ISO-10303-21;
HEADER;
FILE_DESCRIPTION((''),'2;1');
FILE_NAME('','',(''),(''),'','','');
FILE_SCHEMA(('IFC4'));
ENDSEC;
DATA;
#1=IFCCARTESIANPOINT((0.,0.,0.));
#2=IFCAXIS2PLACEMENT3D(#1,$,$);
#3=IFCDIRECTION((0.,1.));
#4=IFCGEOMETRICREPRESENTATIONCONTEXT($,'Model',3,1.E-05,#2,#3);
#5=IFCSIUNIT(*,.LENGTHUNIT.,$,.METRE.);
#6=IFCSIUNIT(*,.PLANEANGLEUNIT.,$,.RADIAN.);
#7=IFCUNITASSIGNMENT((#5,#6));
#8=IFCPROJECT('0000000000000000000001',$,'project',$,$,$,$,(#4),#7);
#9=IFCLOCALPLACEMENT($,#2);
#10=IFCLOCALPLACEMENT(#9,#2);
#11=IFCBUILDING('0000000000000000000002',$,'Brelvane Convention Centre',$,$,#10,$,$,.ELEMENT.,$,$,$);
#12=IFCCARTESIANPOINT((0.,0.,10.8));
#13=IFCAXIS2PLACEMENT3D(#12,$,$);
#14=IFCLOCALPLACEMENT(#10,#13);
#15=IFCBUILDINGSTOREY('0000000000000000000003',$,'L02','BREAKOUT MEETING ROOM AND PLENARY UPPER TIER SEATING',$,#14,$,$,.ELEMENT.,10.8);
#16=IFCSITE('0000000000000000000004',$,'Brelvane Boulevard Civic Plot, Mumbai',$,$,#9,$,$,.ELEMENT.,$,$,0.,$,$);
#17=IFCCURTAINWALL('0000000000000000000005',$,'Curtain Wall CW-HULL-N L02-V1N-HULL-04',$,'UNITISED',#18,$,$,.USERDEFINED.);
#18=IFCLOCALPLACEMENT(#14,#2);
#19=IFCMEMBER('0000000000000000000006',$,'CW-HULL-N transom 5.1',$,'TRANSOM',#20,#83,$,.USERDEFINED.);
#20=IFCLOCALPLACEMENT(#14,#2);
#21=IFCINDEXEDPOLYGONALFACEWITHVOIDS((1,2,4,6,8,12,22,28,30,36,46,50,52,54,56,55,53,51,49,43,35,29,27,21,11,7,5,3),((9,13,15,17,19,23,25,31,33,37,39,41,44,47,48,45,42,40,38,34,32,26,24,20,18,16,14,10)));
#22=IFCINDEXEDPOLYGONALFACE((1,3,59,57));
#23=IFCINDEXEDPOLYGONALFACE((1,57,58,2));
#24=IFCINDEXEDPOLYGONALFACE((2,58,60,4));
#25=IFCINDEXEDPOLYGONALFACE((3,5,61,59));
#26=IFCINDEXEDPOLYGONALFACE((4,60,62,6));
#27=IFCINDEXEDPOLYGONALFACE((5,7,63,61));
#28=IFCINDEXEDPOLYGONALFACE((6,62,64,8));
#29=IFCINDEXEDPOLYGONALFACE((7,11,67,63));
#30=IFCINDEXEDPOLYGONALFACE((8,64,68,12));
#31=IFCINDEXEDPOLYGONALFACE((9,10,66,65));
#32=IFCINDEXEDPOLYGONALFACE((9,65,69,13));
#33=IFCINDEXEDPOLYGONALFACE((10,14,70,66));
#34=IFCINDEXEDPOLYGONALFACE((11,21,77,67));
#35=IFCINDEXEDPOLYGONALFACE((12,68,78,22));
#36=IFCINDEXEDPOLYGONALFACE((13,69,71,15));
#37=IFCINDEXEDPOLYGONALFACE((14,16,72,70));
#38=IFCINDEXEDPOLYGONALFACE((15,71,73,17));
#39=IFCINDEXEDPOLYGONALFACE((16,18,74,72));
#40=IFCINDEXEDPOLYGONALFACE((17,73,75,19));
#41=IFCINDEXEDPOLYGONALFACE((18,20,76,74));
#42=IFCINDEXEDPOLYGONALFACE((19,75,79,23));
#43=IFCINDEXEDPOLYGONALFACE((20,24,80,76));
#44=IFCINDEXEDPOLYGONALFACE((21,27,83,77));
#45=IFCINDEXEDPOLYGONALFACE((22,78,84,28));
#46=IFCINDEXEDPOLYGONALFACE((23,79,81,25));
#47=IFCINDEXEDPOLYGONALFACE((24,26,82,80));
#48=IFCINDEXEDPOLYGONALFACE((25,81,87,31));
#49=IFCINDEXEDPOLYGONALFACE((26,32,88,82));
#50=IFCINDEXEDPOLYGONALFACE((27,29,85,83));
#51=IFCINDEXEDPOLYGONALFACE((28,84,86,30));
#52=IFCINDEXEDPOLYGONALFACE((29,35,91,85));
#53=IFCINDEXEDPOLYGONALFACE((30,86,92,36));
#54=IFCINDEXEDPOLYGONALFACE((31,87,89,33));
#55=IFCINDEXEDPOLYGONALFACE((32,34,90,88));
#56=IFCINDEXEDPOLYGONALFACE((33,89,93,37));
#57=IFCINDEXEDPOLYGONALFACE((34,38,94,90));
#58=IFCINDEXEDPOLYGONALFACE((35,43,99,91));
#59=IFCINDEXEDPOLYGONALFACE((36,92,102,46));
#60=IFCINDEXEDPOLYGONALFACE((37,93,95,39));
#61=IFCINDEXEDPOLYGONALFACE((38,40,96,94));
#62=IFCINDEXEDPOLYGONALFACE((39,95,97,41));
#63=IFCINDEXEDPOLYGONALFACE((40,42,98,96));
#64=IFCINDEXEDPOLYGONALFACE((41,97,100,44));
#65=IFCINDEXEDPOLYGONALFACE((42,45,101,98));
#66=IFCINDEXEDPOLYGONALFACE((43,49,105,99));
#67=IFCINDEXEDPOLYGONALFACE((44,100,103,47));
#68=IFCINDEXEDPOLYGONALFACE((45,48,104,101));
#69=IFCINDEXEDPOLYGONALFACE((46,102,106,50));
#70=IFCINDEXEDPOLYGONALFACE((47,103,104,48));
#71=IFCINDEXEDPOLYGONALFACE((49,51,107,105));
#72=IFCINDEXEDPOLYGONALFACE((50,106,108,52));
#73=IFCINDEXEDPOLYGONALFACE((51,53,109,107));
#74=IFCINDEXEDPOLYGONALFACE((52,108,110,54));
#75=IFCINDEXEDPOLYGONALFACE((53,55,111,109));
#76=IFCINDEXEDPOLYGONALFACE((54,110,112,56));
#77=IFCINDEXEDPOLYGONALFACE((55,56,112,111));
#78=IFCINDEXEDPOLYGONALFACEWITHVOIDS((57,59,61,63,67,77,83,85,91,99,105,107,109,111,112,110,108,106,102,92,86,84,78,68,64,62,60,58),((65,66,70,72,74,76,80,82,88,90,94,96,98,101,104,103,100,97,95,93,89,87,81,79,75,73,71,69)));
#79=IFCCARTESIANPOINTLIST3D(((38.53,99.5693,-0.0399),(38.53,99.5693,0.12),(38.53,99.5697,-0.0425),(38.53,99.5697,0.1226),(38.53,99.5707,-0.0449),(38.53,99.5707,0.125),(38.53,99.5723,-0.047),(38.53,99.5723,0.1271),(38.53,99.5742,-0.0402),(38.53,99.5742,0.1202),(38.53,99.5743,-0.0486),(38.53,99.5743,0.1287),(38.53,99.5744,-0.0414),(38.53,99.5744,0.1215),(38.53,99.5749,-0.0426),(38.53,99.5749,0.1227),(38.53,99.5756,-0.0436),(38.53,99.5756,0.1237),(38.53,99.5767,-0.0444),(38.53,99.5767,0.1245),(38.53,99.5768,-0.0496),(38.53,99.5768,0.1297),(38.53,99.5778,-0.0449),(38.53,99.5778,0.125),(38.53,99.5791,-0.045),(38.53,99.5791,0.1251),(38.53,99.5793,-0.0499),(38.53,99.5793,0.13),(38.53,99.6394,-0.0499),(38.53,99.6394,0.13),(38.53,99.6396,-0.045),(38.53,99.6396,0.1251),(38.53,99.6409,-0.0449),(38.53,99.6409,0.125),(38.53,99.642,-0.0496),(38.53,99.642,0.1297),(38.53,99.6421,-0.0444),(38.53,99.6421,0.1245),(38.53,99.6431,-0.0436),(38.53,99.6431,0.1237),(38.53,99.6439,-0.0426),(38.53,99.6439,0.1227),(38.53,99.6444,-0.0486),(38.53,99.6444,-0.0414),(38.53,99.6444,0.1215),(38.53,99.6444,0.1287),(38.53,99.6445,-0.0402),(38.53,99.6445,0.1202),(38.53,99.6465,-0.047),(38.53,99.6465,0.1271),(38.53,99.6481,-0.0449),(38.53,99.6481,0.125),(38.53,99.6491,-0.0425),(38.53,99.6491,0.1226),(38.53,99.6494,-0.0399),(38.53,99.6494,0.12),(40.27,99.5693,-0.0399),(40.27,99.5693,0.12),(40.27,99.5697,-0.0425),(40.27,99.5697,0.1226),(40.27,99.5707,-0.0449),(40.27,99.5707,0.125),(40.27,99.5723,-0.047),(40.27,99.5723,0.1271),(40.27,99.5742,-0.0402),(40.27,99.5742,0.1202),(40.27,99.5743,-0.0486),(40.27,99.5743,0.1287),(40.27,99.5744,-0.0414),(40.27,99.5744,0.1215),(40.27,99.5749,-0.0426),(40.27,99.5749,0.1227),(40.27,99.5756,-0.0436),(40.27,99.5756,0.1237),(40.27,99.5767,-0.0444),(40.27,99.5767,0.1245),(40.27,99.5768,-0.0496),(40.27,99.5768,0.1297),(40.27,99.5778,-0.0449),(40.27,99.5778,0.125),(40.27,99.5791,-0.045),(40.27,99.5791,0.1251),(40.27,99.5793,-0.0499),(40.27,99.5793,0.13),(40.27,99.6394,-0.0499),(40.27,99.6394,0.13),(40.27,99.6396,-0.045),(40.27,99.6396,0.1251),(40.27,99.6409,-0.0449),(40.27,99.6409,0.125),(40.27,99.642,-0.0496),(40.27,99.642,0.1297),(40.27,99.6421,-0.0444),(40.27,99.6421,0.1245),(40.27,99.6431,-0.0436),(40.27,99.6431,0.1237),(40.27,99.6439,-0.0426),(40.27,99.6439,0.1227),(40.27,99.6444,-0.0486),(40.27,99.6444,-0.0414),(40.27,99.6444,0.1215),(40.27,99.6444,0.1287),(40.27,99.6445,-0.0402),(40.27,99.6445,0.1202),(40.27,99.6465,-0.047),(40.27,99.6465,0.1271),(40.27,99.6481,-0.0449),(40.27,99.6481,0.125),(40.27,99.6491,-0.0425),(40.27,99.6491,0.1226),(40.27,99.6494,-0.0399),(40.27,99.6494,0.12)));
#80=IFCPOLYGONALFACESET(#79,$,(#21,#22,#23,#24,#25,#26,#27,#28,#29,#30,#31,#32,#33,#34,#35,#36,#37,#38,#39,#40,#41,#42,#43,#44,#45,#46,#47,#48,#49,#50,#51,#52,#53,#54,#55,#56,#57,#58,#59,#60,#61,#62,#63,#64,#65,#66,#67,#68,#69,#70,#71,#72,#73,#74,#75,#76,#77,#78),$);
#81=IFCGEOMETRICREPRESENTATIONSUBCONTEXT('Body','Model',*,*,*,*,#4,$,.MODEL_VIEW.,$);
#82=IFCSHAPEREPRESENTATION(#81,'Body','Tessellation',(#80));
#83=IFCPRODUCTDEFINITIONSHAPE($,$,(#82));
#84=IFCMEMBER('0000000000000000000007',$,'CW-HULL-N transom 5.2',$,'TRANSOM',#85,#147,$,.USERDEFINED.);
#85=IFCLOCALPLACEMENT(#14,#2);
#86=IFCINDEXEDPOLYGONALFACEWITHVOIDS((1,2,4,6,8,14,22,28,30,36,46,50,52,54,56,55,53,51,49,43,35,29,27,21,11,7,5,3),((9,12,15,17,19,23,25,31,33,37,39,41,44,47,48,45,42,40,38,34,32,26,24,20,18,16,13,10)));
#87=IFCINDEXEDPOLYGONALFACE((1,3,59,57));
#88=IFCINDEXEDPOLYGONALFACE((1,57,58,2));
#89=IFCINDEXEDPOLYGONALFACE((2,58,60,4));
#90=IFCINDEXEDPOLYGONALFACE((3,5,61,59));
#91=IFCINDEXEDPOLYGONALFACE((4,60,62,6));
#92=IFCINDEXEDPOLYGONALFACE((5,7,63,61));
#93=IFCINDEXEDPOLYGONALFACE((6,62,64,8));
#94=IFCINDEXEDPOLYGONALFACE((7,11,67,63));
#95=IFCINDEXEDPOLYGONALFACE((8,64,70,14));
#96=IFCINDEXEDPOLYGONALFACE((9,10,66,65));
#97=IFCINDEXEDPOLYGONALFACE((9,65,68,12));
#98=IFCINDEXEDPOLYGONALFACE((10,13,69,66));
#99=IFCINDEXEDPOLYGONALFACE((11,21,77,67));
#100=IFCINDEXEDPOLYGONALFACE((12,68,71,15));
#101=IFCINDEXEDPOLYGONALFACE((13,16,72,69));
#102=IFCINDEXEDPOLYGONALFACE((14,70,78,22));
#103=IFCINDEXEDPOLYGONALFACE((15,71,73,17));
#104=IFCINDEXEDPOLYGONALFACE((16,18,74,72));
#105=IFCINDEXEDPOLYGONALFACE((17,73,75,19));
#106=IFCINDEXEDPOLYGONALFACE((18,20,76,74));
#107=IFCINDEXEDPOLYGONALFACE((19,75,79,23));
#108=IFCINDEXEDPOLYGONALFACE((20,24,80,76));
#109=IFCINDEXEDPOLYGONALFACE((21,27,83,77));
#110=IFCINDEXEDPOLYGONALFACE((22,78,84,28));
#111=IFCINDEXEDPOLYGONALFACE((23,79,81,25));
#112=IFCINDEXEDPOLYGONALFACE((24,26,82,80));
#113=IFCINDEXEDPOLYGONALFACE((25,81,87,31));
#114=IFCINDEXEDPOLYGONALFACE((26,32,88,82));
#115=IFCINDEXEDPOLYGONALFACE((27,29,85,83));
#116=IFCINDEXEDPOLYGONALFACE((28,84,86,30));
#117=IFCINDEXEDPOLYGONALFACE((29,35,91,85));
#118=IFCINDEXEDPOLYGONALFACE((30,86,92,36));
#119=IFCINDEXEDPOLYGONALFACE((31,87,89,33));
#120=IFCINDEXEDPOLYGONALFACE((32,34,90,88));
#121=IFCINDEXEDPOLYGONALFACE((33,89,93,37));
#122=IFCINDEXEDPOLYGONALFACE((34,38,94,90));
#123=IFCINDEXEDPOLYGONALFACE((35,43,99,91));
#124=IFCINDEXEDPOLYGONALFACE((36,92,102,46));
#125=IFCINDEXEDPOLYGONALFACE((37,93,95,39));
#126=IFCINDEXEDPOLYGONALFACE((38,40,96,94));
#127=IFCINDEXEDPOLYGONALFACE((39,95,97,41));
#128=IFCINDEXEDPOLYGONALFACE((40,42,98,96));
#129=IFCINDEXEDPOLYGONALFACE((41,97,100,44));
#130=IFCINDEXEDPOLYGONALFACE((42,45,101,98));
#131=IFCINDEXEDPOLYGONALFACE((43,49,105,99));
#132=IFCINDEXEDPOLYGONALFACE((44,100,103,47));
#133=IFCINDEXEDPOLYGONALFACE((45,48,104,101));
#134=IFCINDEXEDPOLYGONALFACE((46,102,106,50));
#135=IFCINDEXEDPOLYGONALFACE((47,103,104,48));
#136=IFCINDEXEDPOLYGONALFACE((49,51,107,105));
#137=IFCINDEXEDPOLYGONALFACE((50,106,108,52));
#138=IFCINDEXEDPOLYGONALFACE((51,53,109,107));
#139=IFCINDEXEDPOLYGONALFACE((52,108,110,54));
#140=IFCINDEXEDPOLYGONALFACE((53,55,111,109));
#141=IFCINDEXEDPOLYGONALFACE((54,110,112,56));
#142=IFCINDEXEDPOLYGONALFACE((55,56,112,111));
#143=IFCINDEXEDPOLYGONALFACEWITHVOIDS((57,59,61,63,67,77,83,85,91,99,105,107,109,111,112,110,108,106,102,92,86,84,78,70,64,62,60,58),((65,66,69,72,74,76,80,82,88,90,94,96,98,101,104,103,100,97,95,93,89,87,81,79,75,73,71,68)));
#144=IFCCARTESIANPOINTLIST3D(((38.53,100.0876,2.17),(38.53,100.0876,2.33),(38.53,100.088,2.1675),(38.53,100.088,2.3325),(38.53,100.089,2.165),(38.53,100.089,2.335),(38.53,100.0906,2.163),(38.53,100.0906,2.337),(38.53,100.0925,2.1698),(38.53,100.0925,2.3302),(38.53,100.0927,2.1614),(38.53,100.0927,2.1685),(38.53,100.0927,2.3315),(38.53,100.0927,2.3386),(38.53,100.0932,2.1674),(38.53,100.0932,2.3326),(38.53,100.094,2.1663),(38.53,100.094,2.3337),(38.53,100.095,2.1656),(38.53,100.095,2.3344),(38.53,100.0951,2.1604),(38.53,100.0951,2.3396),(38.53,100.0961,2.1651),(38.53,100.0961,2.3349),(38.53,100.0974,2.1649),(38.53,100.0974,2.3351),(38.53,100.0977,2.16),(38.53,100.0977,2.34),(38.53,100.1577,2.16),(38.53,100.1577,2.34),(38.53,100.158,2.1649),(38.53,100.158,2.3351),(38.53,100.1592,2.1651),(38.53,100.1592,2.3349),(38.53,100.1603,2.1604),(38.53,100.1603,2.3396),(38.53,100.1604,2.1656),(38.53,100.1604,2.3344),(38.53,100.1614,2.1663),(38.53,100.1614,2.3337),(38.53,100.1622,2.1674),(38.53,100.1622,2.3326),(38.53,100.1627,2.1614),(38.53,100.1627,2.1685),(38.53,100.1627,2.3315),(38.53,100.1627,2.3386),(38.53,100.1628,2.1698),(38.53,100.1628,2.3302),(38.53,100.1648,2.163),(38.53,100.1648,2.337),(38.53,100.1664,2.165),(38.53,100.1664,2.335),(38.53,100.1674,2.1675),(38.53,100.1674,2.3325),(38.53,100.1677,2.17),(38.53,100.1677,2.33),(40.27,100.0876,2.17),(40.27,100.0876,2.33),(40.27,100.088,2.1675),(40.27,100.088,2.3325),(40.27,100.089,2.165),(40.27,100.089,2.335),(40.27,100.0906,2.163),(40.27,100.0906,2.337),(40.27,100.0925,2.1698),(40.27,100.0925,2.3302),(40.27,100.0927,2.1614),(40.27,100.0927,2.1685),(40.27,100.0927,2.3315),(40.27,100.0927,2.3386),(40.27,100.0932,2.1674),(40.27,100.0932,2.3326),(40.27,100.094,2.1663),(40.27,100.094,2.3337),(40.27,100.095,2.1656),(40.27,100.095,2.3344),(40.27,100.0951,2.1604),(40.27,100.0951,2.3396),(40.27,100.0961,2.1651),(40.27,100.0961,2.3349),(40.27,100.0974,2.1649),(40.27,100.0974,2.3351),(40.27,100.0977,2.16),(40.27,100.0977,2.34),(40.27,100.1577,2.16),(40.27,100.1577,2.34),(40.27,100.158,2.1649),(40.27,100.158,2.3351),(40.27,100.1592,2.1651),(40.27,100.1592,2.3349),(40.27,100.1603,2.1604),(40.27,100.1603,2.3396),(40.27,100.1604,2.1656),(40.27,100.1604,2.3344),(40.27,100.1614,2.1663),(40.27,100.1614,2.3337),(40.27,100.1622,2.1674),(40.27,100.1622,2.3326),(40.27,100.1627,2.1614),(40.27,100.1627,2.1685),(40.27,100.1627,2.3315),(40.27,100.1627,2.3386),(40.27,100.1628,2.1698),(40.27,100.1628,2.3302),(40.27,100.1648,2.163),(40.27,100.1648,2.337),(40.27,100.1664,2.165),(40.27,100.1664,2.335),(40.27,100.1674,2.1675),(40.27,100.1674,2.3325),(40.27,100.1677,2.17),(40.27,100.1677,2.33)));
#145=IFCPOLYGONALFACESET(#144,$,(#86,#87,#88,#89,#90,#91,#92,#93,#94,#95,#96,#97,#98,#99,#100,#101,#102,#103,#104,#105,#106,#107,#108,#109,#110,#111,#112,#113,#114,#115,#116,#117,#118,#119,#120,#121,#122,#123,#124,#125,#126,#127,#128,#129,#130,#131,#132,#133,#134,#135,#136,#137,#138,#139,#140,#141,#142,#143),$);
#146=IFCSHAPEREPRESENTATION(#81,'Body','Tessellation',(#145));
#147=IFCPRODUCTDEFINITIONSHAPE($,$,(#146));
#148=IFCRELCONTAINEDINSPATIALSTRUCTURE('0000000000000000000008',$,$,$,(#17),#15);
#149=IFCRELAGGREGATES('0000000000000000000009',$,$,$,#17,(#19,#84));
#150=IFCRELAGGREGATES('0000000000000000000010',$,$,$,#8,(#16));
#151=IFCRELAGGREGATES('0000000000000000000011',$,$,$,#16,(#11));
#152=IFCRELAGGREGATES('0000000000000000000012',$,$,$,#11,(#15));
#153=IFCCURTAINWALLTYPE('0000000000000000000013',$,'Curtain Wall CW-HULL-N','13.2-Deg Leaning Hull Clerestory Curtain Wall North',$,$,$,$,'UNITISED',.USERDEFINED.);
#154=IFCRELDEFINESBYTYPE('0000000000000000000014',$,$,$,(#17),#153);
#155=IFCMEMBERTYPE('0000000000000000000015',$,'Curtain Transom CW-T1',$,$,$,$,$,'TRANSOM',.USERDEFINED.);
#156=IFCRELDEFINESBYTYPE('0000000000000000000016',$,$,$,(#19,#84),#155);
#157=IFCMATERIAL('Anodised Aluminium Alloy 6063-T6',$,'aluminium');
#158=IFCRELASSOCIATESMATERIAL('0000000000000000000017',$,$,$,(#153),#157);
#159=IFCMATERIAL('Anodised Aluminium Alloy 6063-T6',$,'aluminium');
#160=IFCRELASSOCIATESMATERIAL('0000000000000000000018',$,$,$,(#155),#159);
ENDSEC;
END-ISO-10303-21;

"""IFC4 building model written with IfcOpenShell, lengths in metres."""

from ifc_helpers import new_model, si_unit, direction, frame, origin, origin_2d, place, context, subcontext, project, spatial, hollow_rectangle, extrude, material, material_profile, profile_set, type_object, element, aggregate, save


model = new_model("IFC4")

# Units and contexts
model_context = context("Model", 3, precision=1e-05, world=origin(), true_north=direction((0.0, 1.0)))
body_context = subcontext(model_context, "Body", "Model", "MODEL_VIEW")
ifc_project = project(units=[si_unit("LENGTHUNIT", "METRE"), si_unit("PLANEANGLEUNIT", "RADIAN")], contexts=[model_context])

# Site, building, storey
site_placement = place(None, origin())
site = spatial("IfcSite", under=ifc_project, at=site_placement, Name="Brelvane Boulevard Civic Plot, Mumbai", CompositionType="ELEMENT", RefElevation=0.0)
building_placement = place(site_placement, origin())
building = spatial("IfcBuilding", under=site, at=building_placement, Name="Brelvane Convention Centre", CompositionType="ELEMENT")
storey_placement = place(building_placement, frame((0.0, 0.0, 10.8)))
storey = spatial("IfcBuildingStorey", under=building, at=storey_placement, Name="L02", Description="BREAKOUT MEETING ROOM AND PLENARY UPPER TIER SEATING", CompositionType="ELEMENT", Elevation=10.8)

# Curtain wall
ifc_material_1 = material(Name="Anodised Aluminium Alloy 6063-T6", Category="aluminium")
curtain_wall_type = type_object("IfcCurtainWallType", Name="Curtain Wall CW-HULL-N", Description="13.2-Deg Leaning Hull Clerestory Curtain Wall North", ElementType="UNITISED", PredefinedType="USERDEFINED", material=ifc_material_1)
curtain_wall_1_placement = place(storey_placement, origin())
curtain_wall_1 = element("IfcCurtainWall", 1, at=curtain_wall_1_placement, inside=storey, type_object=curtain_wall_type, Name="Curtain Wall CW-HULL-N L02-V1N-HULL-04", ObjectType="UNITISED", PredefinedType="USERDEFINED")

# Members
ifc_material_2 = material(Name="Anodised Aluminium Alloy 6063-T6", Category="aluminium")
ifc_material_profile_1 = material_profile(ifc_material_2, hollow_rectangle(XDim=0.0801, YDim=0.1799, WallThickness=0.0049, InnerFilletRadius=0.0049, OuterFilletRadius=0.01, at=origin_2d()), Name="ALU-T 180x80x5.0")
ifc_profile_set_1 = profile_set([ifc_material_profile_1], Name="Anodised Aluminium Alloy 6063-T6")
member_type_1 = type_object("IfcMemberType", Name="Curtain Transom CW-T1", ElementType="TRANSOM", PredefinedType="USERDEFINED", material=ifc_profile_set_1)
member_1_placement = place(storey_placement, frame((38.53, 99.6094, 0.04), z_axis=(1.0, 0.0, 0.0), x_axis=(0.0, 1.0, 0.0)))
member_1 = element("IfcMember", 2, at=member_1_placement, type_object=member_type_1, Name="CW-HULL-N transom 5.1", ObjectType="TRANSOM", PredefinedType="USERDEFINED", context=body_context, shape_type="SweptSolid", body=[
    extrude(hollow_rectangle(XDim=0.0801, YDim=0.1799, WallThickness=0.0049, InnerFilletRadius=0.0049, OuterFilletRadius=0.01, at=origin_2d()), origin(), (0.0, 0.0, 1.0), 1.74),
])
member_2_placement = place(storey_placement, frame((38.53, 100.1277, 2.25), z_axis=(1.0, 0.0, 0.0), x_axis=(0.0, 1.0, 0.0)))
member_2 = element("IfcMember", 3, at=member_2_placement, type_object=member_type_1, Name="CW-HULL-N transom 5.2", ObjectType="TRANSOM", PredefinedType="USERDEFINED", context=body_context, shape_type="SweptSolid", body=[
    extrude(hollow_rectangle(XDim=0.0801, YDim=0.1799, WallThickness=0.0049, InnerFilletRadius=0.0049, OuterFilletRadius=0.01, at=origin_2d()), origin(), (0.0, 0.0, 1.0), 1.74),
])

aggregate(curtain_wall_1, [member_1, member_2])

save(model, "model.ifc")
